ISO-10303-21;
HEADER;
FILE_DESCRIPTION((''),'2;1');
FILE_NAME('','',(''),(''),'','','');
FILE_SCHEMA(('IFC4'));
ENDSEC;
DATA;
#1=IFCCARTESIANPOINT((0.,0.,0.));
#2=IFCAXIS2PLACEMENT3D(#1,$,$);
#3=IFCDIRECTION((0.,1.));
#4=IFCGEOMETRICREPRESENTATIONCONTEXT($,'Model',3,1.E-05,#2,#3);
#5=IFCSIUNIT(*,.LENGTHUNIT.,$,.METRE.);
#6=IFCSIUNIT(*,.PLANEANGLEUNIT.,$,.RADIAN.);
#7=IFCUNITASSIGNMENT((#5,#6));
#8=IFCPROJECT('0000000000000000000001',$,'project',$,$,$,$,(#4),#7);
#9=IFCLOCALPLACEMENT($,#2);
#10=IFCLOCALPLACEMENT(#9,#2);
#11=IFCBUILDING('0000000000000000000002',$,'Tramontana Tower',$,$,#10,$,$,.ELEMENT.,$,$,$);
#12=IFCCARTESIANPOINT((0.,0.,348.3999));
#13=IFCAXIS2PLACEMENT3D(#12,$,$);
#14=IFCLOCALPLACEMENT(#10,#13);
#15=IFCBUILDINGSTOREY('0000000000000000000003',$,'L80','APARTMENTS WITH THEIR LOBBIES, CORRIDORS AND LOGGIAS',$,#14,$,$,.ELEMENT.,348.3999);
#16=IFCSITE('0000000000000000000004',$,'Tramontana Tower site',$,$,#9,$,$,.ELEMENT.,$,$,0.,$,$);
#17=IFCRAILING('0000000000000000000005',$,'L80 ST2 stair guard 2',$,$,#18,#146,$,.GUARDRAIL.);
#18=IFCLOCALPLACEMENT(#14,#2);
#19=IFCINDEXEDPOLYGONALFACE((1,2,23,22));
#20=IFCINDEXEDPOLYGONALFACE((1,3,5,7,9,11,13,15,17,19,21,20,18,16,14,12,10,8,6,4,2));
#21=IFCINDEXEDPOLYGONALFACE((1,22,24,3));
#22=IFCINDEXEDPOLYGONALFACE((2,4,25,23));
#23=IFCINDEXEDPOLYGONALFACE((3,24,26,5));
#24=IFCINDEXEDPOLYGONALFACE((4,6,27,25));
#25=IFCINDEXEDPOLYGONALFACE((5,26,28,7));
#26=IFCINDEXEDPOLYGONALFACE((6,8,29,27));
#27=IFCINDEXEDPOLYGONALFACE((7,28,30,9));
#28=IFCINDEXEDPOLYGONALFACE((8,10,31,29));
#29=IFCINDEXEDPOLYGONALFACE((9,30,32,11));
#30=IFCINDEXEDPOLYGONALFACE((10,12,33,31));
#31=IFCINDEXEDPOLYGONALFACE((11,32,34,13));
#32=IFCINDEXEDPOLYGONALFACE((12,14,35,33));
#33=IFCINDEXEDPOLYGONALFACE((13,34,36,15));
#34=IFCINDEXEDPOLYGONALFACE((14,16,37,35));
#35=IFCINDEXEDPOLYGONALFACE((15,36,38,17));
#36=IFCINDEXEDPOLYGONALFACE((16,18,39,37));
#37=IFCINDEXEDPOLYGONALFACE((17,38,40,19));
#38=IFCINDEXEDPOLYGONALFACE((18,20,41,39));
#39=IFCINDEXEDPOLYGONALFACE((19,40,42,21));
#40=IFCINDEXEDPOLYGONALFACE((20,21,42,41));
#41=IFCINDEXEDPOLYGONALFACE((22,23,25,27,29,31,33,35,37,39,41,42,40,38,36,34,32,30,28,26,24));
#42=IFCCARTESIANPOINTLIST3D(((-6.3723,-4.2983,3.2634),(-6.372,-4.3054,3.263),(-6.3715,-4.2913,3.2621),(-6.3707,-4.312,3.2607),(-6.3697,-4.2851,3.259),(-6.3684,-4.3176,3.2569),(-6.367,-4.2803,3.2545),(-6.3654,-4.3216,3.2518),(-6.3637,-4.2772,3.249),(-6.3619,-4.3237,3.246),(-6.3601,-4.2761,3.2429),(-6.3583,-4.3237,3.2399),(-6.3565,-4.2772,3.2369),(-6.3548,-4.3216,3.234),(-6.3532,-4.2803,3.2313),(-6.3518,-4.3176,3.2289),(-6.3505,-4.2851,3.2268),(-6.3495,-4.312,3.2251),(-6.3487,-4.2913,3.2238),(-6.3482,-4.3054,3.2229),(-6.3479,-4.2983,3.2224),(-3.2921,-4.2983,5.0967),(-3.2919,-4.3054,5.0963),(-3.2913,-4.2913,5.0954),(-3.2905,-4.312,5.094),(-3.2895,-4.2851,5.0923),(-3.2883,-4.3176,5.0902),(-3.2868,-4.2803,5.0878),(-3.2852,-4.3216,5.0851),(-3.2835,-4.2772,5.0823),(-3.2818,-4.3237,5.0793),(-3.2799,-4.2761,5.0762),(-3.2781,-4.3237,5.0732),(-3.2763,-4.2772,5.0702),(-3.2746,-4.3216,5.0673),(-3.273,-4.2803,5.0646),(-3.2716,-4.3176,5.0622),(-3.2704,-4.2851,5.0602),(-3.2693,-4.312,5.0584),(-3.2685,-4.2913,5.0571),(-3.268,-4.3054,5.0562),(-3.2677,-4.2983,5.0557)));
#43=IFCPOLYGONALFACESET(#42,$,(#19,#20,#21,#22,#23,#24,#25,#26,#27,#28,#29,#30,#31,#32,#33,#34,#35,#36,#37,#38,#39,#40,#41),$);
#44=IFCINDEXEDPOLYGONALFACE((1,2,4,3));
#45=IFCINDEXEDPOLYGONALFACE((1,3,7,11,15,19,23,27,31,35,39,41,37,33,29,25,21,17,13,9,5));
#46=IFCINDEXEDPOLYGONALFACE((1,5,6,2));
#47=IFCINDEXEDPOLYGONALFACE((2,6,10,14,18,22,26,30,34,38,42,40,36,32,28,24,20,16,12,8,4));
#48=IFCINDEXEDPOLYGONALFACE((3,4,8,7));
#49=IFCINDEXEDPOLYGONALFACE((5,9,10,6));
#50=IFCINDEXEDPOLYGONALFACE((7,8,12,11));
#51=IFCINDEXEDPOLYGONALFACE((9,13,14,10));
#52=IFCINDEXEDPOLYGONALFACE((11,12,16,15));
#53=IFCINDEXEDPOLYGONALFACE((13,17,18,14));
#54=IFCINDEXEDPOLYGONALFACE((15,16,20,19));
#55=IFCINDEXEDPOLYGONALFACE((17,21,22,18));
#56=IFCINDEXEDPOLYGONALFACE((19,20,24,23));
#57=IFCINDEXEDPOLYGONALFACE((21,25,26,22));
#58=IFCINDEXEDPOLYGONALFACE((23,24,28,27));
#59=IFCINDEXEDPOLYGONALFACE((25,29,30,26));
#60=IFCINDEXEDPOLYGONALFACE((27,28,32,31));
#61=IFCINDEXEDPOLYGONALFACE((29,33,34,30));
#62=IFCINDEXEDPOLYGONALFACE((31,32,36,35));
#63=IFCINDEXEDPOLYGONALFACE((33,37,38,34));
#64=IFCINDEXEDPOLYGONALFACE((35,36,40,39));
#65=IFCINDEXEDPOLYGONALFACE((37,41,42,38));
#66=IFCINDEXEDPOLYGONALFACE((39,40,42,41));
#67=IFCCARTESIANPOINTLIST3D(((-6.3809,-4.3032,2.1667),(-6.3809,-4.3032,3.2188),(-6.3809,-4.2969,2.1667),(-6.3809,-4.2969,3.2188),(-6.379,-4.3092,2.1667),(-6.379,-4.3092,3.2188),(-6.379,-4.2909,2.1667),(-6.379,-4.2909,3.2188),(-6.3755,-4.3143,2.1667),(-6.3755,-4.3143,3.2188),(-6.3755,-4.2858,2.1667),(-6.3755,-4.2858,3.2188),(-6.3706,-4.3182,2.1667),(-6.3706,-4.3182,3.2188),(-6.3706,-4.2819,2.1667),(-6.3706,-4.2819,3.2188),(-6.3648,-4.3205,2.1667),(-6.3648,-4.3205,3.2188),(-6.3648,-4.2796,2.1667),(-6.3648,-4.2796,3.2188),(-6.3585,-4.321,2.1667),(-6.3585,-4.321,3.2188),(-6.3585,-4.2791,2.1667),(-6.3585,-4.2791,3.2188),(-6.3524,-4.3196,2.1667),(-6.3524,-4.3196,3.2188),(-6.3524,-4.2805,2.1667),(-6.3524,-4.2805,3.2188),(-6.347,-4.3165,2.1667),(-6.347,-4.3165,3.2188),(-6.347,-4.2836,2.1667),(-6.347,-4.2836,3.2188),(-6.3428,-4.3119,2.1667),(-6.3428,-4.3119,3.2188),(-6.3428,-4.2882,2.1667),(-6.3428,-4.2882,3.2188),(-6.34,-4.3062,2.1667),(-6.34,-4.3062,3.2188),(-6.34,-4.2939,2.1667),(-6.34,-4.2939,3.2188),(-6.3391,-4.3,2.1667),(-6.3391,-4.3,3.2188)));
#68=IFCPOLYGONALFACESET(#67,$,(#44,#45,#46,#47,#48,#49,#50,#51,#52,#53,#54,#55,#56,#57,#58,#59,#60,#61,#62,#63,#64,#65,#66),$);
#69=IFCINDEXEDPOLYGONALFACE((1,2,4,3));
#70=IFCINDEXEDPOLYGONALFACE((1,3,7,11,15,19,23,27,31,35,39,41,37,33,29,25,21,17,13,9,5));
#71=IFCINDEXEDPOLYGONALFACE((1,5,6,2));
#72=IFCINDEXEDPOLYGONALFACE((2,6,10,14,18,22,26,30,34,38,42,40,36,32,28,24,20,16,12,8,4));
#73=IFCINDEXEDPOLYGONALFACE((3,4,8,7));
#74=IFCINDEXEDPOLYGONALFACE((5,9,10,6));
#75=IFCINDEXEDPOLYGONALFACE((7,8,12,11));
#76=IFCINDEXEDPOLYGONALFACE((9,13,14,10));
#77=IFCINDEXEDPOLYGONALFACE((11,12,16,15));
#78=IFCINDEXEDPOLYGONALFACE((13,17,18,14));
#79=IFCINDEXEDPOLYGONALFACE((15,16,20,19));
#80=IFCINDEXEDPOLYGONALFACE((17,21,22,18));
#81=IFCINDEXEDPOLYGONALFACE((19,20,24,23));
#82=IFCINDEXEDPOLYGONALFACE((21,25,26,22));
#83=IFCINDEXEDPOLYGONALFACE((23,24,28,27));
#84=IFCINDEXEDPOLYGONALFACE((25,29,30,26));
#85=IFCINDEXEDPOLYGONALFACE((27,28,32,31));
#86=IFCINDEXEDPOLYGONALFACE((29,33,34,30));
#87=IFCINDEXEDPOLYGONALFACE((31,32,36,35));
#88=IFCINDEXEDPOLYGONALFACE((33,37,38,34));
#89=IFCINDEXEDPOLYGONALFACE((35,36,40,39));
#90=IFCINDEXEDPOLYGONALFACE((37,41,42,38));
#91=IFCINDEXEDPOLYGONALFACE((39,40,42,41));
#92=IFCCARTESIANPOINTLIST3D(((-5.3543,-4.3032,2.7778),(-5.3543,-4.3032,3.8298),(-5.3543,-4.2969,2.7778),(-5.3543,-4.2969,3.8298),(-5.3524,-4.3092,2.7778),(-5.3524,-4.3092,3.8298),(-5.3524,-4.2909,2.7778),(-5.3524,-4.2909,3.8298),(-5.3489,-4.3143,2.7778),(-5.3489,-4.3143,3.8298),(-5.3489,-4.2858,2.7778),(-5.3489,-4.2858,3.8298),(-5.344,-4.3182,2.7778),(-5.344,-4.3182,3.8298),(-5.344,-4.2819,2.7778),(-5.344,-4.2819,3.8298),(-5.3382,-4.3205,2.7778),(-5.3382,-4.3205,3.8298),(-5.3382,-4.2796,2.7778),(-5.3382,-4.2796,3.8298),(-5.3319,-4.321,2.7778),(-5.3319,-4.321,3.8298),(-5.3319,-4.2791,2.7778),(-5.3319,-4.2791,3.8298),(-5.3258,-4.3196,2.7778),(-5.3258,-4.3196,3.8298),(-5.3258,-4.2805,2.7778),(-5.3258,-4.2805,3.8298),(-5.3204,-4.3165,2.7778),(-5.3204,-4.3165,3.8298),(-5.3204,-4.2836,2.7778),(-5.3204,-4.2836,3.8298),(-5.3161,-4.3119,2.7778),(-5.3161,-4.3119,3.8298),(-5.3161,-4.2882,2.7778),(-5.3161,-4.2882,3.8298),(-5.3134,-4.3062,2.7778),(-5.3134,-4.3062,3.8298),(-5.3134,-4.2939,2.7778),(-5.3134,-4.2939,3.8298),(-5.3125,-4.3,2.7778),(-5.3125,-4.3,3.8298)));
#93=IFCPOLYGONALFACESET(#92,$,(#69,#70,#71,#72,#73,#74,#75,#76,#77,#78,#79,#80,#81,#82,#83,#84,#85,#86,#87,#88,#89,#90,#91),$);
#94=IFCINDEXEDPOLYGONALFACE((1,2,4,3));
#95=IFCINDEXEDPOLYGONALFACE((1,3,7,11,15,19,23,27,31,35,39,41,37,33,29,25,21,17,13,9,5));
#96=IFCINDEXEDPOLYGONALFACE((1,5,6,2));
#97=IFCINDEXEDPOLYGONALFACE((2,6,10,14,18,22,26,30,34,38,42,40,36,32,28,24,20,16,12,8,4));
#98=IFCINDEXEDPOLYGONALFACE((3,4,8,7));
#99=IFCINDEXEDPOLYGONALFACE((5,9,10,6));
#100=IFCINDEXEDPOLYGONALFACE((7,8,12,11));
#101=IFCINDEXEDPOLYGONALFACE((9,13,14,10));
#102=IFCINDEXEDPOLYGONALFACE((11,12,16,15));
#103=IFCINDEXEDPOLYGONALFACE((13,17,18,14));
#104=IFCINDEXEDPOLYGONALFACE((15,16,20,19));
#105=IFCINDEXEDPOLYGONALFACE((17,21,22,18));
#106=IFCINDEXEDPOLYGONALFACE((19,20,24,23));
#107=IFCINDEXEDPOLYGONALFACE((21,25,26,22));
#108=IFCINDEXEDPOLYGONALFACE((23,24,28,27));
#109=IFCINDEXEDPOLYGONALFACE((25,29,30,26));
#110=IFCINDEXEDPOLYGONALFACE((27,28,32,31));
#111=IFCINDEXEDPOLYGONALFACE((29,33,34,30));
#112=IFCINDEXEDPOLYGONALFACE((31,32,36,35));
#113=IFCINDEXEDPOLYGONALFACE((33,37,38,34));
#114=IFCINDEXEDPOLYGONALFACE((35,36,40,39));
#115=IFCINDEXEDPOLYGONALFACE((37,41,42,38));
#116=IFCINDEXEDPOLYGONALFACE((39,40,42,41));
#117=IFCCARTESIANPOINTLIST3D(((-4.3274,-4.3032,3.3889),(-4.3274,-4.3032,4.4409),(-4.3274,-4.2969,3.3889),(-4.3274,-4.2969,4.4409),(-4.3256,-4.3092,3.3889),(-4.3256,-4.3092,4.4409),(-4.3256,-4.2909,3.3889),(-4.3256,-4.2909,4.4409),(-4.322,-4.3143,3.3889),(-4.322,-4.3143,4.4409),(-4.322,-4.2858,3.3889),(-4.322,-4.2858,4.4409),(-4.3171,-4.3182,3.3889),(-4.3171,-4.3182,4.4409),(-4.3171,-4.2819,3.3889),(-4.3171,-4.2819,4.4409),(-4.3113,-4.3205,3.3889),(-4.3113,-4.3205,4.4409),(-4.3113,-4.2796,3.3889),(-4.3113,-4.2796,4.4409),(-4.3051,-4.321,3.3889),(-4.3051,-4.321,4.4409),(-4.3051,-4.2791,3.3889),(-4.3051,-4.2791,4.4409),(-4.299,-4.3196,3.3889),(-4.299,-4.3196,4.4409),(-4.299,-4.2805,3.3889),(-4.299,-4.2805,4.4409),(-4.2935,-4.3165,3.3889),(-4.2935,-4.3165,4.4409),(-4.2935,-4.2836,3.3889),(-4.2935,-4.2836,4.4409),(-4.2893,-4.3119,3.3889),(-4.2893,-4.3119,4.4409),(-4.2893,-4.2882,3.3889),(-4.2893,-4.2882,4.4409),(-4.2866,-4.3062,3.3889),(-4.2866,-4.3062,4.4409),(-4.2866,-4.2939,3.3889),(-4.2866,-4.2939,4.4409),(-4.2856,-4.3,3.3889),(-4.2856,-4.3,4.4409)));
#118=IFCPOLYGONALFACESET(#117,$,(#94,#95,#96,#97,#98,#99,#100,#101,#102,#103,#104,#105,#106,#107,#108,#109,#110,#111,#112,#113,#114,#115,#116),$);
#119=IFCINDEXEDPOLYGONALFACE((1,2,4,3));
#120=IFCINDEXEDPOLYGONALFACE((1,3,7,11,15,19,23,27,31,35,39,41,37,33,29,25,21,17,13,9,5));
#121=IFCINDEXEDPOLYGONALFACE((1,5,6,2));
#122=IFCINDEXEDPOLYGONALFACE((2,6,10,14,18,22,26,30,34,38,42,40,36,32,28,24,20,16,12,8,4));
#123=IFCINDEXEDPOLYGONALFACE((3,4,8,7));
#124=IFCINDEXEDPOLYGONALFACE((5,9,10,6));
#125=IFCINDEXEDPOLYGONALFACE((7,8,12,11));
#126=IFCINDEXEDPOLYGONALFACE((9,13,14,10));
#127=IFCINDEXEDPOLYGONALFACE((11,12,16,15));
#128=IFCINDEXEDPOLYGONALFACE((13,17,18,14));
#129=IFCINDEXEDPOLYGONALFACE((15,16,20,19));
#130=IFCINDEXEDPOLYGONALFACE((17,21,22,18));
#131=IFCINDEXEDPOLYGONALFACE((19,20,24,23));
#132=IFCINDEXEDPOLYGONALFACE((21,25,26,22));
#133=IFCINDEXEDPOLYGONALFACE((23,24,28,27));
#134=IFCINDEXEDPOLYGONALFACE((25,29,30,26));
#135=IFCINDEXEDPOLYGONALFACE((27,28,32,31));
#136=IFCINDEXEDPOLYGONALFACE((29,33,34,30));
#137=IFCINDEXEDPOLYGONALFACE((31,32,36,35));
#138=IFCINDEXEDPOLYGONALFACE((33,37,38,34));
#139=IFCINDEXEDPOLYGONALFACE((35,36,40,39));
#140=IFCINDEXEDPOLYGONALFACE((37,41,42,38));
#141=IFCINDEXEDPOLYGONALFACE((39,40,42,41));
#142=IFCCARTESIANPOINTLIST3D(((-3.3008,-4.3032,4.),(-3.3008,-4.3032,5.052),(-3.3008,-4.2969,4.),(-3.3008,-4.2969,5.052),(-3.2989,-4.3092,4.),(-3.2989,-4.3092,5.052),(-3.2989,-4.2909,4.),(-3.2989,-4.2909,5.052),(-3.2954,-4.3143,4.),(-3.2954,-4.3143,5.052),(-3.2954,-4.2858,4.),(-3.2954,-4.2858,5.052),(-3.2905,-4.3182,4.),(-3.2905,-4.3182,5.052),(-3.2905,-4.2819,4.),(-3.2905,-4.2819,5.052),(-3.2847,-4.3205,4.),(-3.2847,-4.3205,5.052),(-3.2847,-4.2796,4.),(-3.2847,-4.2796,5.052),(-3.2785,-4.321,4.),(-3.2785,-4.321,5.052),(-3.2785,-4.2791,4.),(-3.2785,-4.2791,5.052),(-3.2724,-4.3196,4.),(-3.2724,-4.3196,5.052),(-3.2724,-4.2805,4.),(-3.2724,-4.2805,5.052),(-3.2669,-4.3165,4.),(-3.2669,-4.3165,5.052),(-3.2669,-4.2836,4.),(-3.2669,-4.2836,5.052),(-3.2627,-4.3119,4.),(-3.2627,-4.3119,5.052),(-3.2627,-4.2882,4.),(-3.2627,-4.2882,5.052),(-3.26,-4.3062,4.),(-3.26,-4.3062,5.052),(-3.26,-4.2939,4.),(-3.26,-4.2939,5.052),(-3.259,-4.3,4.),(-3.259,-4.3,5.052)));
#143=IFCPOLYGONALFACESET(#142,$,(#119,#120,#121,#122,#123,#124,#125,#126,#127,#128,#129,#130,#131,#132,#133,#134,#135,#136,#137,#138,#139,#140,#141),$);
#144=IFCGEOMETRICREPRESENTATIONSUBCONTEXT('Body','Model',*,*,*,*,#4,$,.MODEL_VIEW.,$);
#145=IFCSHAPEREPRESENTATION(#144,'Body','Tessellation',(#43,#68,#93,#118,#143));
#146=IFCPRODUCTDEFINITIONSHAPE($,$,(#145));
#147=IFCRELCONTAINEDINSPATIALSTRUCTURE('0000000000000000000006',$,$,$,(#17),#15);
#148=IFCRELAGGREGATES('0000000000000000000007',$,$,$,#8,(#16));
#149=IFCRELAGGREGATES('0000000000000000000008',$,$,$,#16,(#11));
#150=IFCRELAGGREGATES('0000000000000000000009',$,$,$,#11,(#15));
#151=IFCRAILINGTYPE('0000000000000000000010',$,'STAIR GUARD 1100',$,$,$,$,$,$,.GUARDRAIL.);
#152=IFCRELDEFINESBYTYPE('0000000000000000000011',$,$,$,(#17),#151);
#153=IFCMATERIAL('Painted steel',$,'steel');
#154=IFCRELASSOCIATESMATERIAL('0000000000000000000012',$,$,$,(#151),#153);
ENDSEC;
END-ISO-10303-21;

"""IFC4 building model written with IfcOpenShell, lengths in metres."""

from ifc_helpers import new_model, si_unit, direction, frame, origin, origin_2d, place, context, subcontext, project, spatial, circle, extrude, material, type_object, element, save


model = new_model("IFC4")

# Units and contexts
model_context = context("Model", 3, precision=1e-05, world=origin(), true_north=direction((0.0, 1.0)))
body_context = subcontext(model_context, "Body", "Model", "MODEL_VIEW")
ifc_project = project(units=[si_unit("LENGTHUNIT", "METRE"), si_unit("PLANEANGLEUNIT", "RADIAN")], contexts=[model_context])

# Site, building, storey
site_placement = place(None, origin())
site = spatial("IfcSite", under=ifc_project, at=site_placement, Name="Tramontana Tower site", CompositionType="ELEMENT", RefElevation=0.0)
building_placement = place(site_placement, origin())
building = spatial("IfcBuilding", under=site, at=building_placement, Name="Tramontana Tower", CompositionType="ELEMENT")
storey_placement = place(building_placement, frame((0.0, 0.0, 348.3999)))
storey = spatial("IfcBuildingStorey", under=building, at=storey_placement, Name="L80", Description="APARTMENTS WITH THEIR LOBBIES, CORRIDORS AND LOGGIAS", CompositionType="ELEMENT", Elevation=348.3999)

# Railing
ifc_material_1 = material(Name="Painted steel", Category="steel")
railing_type_1 = type_object("IfcRailingType", Name="STAIR GUARD 1100", PredefinedType="GUARDRAIL", material=ifc_material_1)
railing_1_placement = place(storey_placement, frame((-6.3601, -4.3, 2.1667)))
element("IfcRailing", 1, at=railing_1_placement, inside=storey, type_object=railing_type_1, Name="L80 ST2 stair guard 2", PredefinedType="GUARDRAIL", context=body_context, shape_type="SweptSolid", body=[
    extrude(circle(Radius=0.0239, at=origin_2d()), frame((0.0, 0.0, 1.0762), z_axis=(0.859309, 0.0, 0.511458), x_axis=(0.0, 1.0, 0.0)), (0.0, 0.0, 1.0), 3.5845),
    extrude(circle(Radius=0.021, at=origin_2d()), origin(), (0.0, 0.0, 1.0), 1.052),
    extrude(circle(Radius=0.021, at=origin_2d()), frame((1.0266, 0.0, 0.6111)), (0.0, 0.0, 1.0), 1.052),
    extrude(circle(Radius=0.021, at=origin_2d()), frame((2.0535, 0.0, 1.2222)), (0.0, 0.0, 1.0), 1.052),
    extrude(circle(Radius=0.021, at=origin_2d()), frame((3.0801, 0.0, 1.8333)), (0.0, 0.0, 1.0), 1.052),
])

save(model, "model.ifc")
